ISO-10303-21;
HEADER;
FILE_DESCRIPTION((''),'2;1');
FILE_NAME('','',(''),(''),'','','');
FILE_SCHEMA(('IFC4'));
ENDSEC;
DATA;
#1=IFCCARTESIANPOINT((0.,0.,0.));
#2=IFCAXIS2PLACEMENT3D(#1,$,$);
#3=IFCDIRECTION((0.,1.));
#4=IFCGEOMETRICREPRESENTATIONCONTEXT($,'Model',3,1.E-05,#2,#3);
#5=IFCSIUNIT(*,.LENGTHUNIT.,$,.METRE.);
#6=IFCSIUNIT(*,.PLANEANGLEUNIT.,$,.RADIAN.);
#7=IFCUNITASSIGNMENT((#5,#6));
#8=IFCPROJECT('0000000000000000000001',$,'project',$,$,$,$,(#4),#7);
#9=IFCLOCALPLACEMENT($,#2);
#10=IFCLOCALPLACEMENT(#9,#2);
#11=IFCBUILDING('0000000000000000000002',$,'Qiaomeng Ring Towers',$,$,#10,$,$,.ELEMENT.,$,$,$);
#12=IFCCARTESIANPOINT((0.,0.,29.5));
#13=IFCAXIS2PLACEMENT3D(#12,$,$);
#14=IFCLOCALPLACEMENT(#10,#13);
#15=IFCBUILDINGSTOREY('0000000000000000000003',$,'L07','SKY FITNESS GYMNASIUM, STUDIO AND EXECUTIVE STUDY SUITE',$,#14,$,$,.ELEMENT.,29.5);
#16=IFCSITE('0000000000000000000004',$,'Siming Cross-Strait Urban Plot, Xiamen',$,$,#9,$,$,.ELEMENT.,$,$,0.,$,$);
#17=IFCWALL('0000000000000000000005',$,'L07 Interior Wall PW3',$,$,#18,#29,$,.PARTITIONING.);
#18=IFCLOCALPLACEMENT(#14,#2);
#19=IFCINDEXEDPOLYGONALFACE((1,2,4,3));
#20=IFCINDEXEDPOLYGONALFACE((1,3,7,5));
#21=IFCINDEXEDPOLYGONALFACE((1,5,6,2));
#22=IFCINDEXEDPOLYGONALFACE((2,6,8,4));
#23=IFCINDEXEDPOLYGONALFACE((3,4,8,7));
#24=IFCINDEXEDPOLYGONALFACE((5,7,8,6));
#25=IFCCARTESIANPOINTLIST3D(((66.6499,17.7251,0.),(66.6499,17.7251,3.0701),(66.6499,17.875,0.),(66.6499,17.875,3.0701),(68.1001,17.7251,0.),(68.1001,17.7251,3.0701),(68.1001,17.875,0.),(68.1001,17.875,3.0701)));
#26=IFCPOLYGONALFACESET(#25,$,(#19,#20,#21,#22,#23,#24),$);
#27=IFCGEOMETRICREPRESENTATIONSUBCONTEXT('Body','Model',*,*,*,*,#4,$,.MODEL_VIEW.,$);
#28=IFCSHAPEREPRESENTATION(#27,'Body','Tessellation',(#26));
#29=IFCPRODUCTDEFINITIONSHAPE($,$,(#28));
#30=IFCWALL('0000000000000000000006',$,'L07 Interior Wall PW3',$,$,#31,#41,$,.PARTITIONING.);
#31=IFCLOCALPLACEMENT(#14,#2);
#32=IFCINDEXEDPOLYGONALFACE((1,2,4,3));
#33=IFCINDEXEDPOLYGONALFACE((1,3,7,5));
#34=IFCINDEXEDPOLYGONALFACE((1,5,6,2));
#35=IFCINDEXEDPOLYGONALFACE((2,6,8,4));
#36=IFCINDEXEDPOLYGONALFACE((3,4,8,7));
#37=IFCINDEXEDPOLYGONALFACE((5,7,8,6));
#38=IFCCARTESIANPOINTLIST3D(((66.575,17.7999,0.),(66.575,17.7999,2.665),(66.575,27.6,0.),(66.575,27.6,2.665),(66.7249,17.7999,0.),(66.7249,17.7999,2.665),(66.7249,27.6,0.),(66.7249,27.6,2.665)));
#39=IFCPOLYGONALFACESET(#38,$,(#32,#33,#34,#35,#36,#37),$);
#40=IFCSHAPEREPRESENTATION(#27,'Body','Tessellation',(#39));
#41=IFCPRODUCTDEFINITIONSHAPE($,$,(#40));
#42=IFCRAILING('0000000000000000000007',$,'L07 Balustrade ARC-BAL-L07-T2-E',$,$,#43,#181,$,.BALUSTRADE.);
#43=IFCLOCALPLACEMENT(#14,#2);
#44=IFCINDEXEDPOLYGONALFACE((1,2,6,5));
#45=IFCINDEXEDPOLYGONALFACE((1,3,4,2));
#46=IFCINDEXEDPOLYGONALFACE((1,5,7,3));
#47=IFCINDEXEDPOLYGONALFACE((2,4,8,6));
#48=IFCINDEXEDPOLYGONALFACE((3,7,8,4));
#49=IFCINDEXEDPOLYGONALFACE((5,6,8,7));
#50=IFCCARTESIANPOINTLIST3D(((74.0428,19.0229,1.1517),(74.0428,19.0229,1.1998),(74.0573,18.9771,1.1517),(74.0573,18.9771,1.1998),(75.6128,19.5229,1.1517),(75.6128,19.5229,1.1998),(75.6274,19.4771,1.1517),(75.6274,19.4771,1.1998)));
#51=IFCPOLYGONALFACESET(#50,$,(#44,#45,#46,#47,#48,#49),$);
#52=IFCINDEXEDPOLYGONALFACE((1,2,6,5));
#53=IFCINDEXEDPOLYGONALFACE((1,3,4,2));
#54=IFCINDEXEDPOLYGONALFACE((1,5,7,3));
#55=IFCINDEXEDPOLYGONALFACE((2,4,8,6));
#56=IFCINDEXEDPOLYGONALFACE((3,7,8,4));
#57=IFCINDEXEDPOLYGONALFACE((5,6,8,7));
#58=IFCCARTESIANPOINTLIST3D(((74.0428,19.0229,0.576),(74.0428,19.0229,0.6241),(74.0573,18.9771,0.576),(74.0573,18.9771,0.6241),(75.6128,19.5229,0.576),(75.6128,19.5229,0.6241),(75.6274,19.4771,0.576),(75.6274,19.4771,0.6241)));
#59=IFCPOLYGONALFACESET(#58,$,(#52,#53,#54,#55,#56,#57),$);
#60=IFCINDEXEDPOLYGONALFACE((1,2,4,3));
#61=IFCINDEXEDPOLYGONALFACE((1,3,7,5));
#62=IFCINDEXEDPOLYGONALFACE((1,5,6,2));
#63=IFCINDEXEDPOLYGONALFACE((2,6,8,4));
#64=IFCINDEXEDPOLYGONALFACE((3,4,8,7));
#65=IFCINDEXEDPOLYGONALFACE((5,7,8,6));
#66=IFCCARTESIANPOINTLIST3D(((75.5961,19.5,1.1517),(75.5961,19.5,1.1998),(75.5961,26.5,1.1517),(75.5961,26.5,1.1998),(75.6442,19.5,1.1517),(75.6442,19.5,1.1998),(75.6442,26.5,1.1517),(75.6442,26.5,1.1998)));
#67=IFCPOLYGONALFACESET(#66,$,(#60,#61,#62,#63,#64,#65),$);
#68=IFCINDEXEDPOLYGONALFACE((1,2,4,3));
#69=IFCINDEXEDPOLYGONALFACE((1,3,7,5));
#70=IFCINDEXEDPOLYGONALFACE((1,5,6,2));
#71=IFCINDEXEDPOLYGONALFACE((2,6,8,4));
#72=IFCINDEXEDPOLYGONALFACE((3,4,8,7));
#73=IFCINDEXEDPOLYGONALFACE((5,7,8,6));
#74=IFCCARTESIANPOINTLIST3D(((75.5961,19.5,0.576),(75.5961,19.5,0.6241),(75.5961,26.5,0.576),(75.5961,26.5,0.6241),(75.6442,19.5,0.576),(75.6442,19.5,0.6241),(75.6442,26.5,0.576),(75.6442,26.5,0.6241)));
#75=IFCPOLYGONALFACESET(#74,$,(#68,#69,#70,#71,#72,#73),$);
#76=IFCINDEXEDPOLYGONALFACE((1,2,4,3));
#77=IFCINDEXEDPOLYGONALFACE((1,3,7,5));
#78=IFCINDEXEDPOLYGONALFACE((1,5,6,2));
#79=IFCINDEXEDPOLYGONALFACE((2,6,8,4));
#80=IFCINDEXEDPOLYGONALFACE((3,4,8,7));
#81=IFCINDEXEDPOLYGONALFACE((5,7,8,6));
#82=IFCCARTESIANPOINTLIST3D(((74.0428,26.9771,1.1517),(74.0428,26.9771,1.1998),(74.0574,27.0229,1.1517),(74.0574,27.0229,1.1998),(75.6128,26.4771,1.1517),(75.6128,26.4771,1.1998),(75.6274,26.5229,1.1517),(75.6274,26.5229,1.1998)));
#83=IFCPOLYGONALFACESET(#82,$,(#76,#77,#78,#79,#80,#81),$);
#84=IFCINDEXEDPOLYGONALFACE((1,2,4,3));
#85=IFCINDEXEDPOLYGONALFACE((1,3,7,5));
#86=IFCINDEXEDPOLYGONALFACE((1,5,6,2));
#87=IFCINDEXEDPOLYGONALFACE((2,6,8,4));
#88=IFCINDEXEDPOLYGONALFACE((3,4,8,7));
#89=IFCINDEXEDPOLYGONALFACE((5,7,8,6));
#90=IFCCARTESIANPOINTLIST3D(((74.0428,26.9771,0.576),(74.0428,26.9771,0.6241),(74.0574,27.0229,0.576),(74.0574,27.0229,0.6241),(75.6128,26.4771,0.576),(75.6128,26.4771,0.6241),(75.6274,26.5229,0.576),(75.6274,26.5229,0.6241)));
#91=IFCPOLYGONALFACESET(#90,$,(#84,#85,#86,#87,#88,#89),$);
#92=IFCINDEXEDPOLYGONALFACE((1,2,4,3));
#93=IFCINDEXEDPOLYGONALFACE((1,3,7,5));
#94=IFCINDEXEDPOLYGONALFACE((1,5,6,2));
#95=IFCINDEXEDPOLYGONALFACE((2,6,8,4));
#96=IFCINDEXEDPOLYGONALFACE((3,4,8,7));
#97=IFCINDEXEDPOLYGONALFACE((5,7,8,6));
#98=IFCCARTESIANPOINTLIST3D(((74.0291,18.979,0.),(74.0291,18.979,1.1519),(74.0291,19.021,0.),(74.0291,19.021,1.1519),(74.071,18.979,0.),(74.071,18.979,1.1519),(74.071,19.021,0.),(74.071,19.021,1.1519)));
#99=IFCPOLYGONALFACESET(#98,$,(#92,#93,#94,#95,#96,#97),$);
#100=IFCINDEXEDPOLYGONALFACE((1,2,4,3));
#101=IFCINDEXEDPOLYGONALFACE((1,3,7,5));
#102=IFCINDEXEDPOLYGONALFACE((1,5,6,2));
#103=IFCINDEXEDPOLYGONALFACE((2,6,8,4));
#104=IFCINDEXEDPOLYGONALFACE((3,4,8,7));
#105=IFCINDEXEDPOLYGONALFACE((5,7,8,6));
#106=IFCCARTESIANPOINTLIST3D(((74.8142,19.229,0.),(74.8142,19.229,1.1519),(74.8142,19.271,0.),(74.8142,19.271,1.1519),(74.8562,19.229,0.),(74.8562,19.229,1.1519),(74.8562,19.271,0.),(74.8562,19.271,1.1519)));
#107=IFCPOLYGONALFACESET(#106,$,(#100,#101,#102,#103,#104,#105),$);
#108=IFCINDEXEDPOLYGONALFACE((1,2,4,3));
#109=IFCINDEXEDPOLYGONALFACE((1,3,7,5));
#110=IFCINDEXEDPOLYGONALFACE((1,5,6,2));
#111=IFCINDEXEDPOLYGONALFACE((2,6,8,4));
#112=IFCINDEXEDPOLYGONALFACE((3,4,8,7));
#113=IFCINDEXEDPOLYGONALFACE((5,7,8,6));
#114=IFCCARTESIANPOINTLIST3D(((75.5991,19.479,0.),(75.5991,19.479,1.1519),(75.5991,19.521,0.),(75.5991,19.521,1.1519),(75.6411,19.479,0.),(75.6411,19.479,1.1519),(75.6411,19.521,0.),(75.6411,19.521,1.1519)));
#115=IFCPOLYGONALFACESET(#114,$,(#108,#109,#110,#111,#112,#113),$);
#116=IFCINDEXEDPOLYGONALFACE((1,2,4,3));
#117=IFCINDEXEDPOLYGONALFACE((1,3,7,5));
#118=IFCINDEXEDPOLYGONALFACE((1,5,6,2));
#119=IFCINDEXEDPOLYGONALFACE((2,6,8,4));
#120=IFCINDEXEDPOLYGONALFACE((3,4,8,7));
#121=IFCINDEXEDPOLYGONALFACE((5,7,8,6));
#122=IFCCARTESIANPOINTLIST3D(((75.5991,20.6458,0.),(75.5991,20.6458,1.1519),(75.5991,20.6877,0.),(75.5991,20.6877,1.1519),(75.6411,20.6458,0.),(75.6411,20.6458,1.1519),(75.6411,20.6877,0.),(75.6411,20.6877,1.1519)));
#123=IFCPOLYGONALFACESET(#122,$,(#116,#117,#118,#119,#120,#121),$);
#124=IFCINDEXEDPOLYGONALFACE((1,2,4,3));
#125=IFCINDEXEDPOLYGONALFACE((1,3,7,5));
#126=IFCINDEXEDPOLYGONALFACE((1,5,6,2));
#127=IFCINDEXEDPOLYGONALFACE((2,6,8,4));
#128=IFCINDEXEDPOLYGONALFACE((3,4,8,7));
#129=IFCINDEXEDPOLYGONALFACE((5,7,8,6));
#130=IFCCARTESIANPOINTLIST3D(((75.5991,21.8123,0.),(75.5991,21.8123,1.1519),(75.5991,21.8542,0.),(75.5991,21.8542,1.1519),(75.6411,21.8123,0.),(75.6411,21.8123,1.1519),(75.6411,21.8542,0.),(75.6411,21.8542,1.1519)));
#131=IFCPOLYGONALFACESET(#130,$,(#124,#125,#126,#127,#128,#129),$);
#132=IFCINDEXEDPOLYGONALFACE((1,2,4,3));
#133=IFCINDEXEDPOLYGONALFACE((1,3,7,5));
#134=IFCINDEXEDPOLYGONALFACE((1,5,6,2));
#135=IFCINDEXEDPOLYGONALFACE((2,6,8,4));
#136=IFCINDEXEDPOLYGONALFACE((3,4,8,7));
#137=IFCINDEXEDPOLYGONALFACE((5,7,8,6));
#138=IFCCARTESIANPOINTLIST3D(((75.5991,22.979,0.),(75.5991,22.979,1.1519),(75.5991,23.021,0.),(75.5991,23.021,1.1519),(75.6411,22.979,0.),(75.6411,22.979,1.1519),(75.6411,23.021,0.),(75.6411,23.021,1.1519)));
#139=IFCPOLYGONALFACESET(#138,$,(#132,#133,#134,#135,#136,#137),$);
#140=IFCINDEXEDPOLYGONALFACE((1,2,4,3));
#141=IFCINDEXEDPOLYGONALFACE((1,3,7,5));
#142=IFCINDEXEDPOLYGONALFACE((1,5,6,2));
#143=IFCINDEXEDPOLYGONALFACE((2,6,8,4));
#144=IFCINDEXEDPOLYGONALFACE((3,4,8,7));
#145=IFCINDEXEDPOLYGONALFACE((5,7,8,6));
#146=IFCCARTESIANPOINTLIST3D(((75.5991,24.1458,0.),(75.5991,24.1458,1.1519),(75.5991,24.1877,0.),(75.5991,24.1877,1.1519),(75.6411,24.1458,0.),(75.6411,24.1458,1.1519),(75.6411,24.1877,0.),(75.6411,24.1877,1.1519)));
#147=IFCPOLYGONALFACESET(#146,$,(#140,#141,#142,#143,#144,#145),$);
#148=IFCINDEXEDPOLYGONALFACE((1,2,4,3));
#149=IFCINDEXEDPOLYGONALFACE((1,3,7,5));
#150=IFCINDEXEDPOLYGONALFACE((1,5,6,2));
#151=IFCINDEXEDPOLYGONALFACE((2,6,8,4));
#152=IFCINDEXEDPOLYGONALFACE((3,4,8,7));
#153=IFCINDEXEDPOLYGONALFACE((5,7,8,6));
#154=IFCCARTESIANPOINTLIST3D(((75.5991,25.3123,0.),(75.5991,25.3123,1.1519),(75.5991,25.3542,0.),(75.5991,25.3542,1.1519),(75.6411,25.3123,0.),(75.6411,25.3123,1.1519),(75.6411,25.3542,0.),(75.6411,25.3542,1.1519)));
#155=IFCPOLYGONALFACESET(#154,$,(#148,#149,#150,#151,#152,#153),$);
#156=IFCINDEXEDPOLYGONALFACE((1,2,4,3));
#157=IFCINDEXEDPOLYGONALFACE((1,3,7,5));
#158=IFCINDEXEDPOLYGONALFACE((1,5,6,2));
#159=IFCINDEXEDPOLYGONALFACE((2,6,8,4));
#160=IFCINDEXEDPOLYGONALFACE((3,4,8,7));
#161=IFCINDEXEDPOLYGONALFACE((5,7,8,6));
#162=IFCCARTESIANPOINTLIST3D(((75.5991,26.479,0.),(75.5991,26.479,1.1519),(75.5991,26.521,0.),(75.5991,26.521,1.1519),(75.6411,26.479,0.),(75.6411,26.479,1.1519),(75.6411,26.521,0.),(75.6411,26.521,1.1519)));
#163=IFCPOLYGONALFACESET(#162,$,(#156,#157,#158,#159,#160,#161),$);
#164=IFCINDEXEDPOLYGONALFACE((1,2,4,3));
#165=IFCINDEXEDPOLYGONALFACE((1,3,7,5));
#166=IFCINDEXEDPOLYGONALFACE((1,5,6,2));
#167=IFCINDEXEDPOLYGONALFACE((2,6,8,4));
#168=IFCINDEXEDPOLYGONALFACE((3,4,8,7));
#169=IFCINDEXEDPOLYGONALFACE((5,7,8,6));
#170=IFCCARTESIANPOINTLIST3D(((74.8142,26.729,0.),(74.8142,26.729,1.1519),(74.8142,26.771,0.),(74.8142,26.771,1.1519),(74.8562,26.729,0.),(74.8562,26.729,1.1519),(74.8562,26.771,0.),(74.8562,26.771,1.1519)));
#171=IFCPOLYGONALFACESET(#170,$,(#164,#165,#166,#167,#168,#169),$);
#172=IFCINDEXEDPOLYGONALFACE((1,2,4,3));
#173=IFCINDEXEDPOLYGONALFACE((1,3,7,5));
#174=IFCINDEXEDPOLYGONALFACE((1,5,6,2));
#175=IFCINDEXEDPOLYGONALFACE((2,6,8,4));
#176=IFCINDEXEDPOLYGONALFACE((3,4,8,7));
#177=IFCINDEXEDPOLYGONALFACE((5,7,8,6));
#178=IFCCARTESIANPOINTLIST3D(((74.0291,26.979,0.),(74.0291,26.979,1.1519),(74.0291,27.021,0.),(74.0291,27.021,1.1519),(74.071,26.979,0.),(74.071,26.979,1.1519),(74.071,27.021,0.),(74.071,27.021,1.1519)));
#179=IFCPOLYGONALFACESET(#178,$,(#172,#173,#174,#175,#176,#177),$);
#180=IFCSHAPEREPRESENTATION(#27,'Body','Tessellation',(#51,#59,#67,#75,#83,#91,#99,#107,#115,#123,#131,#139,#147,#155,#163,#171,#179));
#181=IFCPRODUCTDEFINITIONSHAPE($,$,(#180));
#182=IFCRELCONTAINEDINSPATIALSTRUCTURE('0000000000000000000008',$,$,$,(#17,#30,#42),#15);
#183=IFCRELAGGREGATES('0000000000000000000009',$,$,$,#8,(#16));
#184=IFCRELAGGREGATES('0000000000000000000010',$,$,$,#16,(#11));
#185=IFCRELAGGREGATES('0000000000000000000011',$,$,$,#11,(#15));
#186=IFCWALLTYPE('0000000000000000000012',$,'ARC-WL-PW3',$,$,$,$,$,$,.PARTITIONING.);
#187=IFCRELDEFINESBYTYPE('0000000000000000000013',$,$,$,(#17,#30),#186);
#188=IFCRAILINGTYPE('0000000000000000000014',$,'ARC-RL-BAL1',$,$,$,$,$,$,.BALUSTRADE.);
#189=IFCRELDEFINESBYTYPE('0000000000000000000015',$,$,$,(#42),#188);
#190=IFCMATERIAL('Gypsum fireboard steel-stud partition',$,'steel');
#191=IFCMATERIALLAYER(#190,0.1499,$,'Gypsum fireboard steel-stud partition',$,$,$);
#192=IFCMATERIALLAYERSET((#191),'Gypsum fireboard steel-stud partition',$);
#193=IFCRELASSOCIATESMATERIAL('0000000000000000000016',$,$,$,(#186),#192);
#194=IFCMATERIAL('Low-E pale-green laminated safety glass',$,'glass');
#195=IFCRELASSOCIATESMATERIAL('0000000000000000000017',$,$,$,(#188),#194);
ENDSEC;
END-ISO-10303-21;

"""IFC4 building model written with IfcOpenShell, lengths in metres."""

from ifc_helpers import new_model, si_unit, direction, frame, frame_2d, origin, origin_2d, place, context, subcontext, project, spatial, rectangle, extrude, material, layer, layer_set, type_object, element, save


model = new_model("IFC4")

# Units and contexts
model_context = context("Model", 3, precision=1e-05, world=origin(), true_north=direction((0.0, 1.0)))
body_context = subcontext(model_context, "Body", "Model", "MODEL_VIEW")
ifc_project = project(units=[si_unit("LENGTHUNIT", "METRE"), si_unit("PLANEANGLEUNIT", "RADIAN")], contexts=[model_context])

# Site, building, storey
site_placement = place(None, origin())
site = spatial("IfcSite", under=ifc_project, at=site_placement, Name="Siming Cross-Strait Urban Plot, Xiamen", CompositionType="ELEMENT", RefElevation=0.0)
building_placement = place(site_placement, origin())
building = spatial("IfcBuilding", under=site, at=building_placement, Name="Qiaomeng Ring Towers", CompositionType="ELEMENT")
storey_placement = place(building_placement, frame((0.0, 0.0, 29.5)))
storey = spatial("IfcBuildingStorey", under=building, at=storey_placement, Name="L07", Description="SKY FITNESS GYMNASIUM, STUDIO AND EXECUTIVE STUDY SUITE", CompositionType="ELEMENT", Elevation=29.5)

# Shared definitions
ifc_material_1 = material(Name="Gypsum fireboard steel-stud partition", Category="steel")
ifc_layer_1 = layer(ifc_material_1, 0.1499, Name="Gypsum fireboard steel-stud partition")
ifc_layer_set_1 = layer_set([ifc_layer_1], Name="Gypsum fireboard steel-stud partition")
wall_type_1 = type_object("IfcWallType", Name="ARC-WL-PW3", PredefinedType="PARTITIONING", material=ifc_layer_set_1)

# Walls
wall_1_placement = place(storey_placement, frame((66.6499, 17.8, 0.0), z_axis=(0.0, 0.0, 1.0), x_axis=(1.0, 0.0, 0.0)))
element("IfcWall", 1, at=wall_1_placement, inside=storey, type_object=wall_type_1, Name="L07 Interior Wall PW3", PredefinedType="PARTITIONING", context=body_context, shape_type="SweptSolid", body=[
    extrude(rectangle(XDim=1.4502, YDim=0.1499, at=frame_2d((0.7251, 0.0))), origin(), (0.0, 0.0, 1.0), 3.0701),
])
wall_2_placement = place(storey_placement, frame((66.6499, 17.8, 0.0), z_axis=(0.0, 0.0, 1.0), x_axis=(0.0, 1.0, 0.0)))
element("IfcWall", 2, at=wall_2_placement, inside=storey, type_object=wall_type_1, Name="L07 Interior Wall PW3", PredefinedType="PARTITIONING", context=body_context, shape_type="SweptSolid", body=[
    extrude(rectangle(XDim=9.8, YDim=0.1499, at=frame_2d((4.8999, 0.0))), origin(), (0.0, 0.0, 1.0), 2.665),
])

# Railing
ifc_material_2 = material(Name="Low-E pale-green laminated safety glass", Category="glass")
railing_type = type_object("IfcRailingType", Name="ARC-RL-BAL1", PredefinedType="BALUSTRADE", material=ifc_material_2)
railing_placement = place(storey_placement, frame((74.05, 19.0, 0.0)))
element("IfcRailing", 3, at=railing_placement, inside=storey, type_object=railing_type, Name="L07 Balustrade ARC-BAL-L07-T2-E", PredefinedType="BALUSTRADE", context=body_context, shape_type="SweptSolid", body=[
    extrude(rectangle(XDim=0.0481, YDim=0.0481, at=origin_2d()), frame((0.0, 0.0, 1.1758), z_axis=(0.95285, 0.303442, 0.0), x_axis=(-0.303442, 0.95285, 0.0)), (0.0, 0.0, 1.0), 1.6477),
    extrude(rectangle(XDim=0.0481, YDim=0.0481, at=origin_2d()), frame((0.0, 0.0, 0.6001), z_axis=(0.95285, 0.303442, 0.0), x_axis=(-0.303442, 0.95285, 0.0)), (0.0, 0.0, 1.0), 1.6477),
    extrude(rectangle(XDim=0.0481, YDim=0.0481, at=origin_2d()), frame((1.5701, 0.5, 1.1758), z_axis=(0.0, 1.0, 0.0), x_axis=(-1.0, 0.0, 0.0)), (0.0, 0.0, 1.0), 7.0),
    extrude(rectangle(XDim=0.0481, YDim=0.0481, at=origin_2d()), frame((1.5701, 0.5, 0.6001), z_axis=(0.0, 1.0, 0.0), x_axis=(-1.0, 0.0, 0.0)), (0.0, 0.0, 1.0), 7.0),
    extrude(rectangle(XDim=0.0481, YDim=0.0481, at=origin_2d()), frame((1.5701, 7.5, 1.1758), z_axis=(-0.95285, 0.303442, 0.0), x_axis=(-0.303442, -0.95285, 0.0)), (0.0, 0.0, 1.0), 1.6477),
    extrude(rectangle(XDim=0.0481, YDim=0.0481, at=origin_2d()), frame((1.5701, 7.5, 0.6001), z_axis=(-0.95285, 0.303442, 0.0), x_axis=(-0.303442, -0.95285, 0.0)), (0.0, 0.0, 1.0), 1.6477),
    extrude(rectangle(XDim=0.042, YDim=0.042, at=origin_2d()), origin(), (0.0, 0.0, 1.0), 1.1519),
    extrude(rectangle(XDim=0.042, YDim=0.042, at=origin_2d()), frame((0.7852, 0.25, 0.0)), (0.0, 0.0, 1.0), 1.1519),
    extrude(rectangle(XDim=0.042, YDim=0.042, at=origin_2d()), frame((1.5701, 0.5, 0.0)), (0.0, 0.0, 1.0), 1.1519),
    extrude(rectangle(XDim=0.042, YDim=0.042, at=origin_2d()), frame((1.5701, 1.6667, 0.0)), (0.0, 0.0, 1.0), 1.1519),
    extrude(rectangle(XDim=0.042, YDim=0.042, at=origin_2d()), frame((1.5701, 2.8333, 0.0)), (0.0, 0.0, 1.0), 1.1519),
    extrude(rectangle(XDim=0.042, YDim=0.042, at=origin_2d()), frame((1.5701, 4.0, 0.0)), (0.0, 0.0, 1.0), 1.1519),
    extrude(rectangle(XDim=0.042, YDim=0.042, at=origin_2d()), frame((1.5701, 5.1667, 0.0)), (0.0, 0.0, 1.0), 1.1519),
    extrude(rectangle(XDim=0.042, YDim=0.042, at=origin_2d()), frame((1.5701, 6.3333, 0.0)), (0.0, 0.0, 1.0), 1.1519),
    extrude(rectangle(XDim=0.042, YDim=0.042, at=origin_2d()), frame((1.5701, 7.5, 0.0)), (0.0, 0.0, 1.0), 1.1519),
    extrude(rectangle(XDim=0.042, YDim=0.042, at=origin_2d()), frame((0.7852, 7.75, 0.0)), (0.0, 0.0, 1.0), 1.1519),
    extrude(rectangle(XDim=0.042, YDim=0.042, at=origin_2d()), frame((0.0, 8.0, 0.0)), (0.0, 0.0, 1.0), 1.1519),
])

save(model, "model.ifc")
